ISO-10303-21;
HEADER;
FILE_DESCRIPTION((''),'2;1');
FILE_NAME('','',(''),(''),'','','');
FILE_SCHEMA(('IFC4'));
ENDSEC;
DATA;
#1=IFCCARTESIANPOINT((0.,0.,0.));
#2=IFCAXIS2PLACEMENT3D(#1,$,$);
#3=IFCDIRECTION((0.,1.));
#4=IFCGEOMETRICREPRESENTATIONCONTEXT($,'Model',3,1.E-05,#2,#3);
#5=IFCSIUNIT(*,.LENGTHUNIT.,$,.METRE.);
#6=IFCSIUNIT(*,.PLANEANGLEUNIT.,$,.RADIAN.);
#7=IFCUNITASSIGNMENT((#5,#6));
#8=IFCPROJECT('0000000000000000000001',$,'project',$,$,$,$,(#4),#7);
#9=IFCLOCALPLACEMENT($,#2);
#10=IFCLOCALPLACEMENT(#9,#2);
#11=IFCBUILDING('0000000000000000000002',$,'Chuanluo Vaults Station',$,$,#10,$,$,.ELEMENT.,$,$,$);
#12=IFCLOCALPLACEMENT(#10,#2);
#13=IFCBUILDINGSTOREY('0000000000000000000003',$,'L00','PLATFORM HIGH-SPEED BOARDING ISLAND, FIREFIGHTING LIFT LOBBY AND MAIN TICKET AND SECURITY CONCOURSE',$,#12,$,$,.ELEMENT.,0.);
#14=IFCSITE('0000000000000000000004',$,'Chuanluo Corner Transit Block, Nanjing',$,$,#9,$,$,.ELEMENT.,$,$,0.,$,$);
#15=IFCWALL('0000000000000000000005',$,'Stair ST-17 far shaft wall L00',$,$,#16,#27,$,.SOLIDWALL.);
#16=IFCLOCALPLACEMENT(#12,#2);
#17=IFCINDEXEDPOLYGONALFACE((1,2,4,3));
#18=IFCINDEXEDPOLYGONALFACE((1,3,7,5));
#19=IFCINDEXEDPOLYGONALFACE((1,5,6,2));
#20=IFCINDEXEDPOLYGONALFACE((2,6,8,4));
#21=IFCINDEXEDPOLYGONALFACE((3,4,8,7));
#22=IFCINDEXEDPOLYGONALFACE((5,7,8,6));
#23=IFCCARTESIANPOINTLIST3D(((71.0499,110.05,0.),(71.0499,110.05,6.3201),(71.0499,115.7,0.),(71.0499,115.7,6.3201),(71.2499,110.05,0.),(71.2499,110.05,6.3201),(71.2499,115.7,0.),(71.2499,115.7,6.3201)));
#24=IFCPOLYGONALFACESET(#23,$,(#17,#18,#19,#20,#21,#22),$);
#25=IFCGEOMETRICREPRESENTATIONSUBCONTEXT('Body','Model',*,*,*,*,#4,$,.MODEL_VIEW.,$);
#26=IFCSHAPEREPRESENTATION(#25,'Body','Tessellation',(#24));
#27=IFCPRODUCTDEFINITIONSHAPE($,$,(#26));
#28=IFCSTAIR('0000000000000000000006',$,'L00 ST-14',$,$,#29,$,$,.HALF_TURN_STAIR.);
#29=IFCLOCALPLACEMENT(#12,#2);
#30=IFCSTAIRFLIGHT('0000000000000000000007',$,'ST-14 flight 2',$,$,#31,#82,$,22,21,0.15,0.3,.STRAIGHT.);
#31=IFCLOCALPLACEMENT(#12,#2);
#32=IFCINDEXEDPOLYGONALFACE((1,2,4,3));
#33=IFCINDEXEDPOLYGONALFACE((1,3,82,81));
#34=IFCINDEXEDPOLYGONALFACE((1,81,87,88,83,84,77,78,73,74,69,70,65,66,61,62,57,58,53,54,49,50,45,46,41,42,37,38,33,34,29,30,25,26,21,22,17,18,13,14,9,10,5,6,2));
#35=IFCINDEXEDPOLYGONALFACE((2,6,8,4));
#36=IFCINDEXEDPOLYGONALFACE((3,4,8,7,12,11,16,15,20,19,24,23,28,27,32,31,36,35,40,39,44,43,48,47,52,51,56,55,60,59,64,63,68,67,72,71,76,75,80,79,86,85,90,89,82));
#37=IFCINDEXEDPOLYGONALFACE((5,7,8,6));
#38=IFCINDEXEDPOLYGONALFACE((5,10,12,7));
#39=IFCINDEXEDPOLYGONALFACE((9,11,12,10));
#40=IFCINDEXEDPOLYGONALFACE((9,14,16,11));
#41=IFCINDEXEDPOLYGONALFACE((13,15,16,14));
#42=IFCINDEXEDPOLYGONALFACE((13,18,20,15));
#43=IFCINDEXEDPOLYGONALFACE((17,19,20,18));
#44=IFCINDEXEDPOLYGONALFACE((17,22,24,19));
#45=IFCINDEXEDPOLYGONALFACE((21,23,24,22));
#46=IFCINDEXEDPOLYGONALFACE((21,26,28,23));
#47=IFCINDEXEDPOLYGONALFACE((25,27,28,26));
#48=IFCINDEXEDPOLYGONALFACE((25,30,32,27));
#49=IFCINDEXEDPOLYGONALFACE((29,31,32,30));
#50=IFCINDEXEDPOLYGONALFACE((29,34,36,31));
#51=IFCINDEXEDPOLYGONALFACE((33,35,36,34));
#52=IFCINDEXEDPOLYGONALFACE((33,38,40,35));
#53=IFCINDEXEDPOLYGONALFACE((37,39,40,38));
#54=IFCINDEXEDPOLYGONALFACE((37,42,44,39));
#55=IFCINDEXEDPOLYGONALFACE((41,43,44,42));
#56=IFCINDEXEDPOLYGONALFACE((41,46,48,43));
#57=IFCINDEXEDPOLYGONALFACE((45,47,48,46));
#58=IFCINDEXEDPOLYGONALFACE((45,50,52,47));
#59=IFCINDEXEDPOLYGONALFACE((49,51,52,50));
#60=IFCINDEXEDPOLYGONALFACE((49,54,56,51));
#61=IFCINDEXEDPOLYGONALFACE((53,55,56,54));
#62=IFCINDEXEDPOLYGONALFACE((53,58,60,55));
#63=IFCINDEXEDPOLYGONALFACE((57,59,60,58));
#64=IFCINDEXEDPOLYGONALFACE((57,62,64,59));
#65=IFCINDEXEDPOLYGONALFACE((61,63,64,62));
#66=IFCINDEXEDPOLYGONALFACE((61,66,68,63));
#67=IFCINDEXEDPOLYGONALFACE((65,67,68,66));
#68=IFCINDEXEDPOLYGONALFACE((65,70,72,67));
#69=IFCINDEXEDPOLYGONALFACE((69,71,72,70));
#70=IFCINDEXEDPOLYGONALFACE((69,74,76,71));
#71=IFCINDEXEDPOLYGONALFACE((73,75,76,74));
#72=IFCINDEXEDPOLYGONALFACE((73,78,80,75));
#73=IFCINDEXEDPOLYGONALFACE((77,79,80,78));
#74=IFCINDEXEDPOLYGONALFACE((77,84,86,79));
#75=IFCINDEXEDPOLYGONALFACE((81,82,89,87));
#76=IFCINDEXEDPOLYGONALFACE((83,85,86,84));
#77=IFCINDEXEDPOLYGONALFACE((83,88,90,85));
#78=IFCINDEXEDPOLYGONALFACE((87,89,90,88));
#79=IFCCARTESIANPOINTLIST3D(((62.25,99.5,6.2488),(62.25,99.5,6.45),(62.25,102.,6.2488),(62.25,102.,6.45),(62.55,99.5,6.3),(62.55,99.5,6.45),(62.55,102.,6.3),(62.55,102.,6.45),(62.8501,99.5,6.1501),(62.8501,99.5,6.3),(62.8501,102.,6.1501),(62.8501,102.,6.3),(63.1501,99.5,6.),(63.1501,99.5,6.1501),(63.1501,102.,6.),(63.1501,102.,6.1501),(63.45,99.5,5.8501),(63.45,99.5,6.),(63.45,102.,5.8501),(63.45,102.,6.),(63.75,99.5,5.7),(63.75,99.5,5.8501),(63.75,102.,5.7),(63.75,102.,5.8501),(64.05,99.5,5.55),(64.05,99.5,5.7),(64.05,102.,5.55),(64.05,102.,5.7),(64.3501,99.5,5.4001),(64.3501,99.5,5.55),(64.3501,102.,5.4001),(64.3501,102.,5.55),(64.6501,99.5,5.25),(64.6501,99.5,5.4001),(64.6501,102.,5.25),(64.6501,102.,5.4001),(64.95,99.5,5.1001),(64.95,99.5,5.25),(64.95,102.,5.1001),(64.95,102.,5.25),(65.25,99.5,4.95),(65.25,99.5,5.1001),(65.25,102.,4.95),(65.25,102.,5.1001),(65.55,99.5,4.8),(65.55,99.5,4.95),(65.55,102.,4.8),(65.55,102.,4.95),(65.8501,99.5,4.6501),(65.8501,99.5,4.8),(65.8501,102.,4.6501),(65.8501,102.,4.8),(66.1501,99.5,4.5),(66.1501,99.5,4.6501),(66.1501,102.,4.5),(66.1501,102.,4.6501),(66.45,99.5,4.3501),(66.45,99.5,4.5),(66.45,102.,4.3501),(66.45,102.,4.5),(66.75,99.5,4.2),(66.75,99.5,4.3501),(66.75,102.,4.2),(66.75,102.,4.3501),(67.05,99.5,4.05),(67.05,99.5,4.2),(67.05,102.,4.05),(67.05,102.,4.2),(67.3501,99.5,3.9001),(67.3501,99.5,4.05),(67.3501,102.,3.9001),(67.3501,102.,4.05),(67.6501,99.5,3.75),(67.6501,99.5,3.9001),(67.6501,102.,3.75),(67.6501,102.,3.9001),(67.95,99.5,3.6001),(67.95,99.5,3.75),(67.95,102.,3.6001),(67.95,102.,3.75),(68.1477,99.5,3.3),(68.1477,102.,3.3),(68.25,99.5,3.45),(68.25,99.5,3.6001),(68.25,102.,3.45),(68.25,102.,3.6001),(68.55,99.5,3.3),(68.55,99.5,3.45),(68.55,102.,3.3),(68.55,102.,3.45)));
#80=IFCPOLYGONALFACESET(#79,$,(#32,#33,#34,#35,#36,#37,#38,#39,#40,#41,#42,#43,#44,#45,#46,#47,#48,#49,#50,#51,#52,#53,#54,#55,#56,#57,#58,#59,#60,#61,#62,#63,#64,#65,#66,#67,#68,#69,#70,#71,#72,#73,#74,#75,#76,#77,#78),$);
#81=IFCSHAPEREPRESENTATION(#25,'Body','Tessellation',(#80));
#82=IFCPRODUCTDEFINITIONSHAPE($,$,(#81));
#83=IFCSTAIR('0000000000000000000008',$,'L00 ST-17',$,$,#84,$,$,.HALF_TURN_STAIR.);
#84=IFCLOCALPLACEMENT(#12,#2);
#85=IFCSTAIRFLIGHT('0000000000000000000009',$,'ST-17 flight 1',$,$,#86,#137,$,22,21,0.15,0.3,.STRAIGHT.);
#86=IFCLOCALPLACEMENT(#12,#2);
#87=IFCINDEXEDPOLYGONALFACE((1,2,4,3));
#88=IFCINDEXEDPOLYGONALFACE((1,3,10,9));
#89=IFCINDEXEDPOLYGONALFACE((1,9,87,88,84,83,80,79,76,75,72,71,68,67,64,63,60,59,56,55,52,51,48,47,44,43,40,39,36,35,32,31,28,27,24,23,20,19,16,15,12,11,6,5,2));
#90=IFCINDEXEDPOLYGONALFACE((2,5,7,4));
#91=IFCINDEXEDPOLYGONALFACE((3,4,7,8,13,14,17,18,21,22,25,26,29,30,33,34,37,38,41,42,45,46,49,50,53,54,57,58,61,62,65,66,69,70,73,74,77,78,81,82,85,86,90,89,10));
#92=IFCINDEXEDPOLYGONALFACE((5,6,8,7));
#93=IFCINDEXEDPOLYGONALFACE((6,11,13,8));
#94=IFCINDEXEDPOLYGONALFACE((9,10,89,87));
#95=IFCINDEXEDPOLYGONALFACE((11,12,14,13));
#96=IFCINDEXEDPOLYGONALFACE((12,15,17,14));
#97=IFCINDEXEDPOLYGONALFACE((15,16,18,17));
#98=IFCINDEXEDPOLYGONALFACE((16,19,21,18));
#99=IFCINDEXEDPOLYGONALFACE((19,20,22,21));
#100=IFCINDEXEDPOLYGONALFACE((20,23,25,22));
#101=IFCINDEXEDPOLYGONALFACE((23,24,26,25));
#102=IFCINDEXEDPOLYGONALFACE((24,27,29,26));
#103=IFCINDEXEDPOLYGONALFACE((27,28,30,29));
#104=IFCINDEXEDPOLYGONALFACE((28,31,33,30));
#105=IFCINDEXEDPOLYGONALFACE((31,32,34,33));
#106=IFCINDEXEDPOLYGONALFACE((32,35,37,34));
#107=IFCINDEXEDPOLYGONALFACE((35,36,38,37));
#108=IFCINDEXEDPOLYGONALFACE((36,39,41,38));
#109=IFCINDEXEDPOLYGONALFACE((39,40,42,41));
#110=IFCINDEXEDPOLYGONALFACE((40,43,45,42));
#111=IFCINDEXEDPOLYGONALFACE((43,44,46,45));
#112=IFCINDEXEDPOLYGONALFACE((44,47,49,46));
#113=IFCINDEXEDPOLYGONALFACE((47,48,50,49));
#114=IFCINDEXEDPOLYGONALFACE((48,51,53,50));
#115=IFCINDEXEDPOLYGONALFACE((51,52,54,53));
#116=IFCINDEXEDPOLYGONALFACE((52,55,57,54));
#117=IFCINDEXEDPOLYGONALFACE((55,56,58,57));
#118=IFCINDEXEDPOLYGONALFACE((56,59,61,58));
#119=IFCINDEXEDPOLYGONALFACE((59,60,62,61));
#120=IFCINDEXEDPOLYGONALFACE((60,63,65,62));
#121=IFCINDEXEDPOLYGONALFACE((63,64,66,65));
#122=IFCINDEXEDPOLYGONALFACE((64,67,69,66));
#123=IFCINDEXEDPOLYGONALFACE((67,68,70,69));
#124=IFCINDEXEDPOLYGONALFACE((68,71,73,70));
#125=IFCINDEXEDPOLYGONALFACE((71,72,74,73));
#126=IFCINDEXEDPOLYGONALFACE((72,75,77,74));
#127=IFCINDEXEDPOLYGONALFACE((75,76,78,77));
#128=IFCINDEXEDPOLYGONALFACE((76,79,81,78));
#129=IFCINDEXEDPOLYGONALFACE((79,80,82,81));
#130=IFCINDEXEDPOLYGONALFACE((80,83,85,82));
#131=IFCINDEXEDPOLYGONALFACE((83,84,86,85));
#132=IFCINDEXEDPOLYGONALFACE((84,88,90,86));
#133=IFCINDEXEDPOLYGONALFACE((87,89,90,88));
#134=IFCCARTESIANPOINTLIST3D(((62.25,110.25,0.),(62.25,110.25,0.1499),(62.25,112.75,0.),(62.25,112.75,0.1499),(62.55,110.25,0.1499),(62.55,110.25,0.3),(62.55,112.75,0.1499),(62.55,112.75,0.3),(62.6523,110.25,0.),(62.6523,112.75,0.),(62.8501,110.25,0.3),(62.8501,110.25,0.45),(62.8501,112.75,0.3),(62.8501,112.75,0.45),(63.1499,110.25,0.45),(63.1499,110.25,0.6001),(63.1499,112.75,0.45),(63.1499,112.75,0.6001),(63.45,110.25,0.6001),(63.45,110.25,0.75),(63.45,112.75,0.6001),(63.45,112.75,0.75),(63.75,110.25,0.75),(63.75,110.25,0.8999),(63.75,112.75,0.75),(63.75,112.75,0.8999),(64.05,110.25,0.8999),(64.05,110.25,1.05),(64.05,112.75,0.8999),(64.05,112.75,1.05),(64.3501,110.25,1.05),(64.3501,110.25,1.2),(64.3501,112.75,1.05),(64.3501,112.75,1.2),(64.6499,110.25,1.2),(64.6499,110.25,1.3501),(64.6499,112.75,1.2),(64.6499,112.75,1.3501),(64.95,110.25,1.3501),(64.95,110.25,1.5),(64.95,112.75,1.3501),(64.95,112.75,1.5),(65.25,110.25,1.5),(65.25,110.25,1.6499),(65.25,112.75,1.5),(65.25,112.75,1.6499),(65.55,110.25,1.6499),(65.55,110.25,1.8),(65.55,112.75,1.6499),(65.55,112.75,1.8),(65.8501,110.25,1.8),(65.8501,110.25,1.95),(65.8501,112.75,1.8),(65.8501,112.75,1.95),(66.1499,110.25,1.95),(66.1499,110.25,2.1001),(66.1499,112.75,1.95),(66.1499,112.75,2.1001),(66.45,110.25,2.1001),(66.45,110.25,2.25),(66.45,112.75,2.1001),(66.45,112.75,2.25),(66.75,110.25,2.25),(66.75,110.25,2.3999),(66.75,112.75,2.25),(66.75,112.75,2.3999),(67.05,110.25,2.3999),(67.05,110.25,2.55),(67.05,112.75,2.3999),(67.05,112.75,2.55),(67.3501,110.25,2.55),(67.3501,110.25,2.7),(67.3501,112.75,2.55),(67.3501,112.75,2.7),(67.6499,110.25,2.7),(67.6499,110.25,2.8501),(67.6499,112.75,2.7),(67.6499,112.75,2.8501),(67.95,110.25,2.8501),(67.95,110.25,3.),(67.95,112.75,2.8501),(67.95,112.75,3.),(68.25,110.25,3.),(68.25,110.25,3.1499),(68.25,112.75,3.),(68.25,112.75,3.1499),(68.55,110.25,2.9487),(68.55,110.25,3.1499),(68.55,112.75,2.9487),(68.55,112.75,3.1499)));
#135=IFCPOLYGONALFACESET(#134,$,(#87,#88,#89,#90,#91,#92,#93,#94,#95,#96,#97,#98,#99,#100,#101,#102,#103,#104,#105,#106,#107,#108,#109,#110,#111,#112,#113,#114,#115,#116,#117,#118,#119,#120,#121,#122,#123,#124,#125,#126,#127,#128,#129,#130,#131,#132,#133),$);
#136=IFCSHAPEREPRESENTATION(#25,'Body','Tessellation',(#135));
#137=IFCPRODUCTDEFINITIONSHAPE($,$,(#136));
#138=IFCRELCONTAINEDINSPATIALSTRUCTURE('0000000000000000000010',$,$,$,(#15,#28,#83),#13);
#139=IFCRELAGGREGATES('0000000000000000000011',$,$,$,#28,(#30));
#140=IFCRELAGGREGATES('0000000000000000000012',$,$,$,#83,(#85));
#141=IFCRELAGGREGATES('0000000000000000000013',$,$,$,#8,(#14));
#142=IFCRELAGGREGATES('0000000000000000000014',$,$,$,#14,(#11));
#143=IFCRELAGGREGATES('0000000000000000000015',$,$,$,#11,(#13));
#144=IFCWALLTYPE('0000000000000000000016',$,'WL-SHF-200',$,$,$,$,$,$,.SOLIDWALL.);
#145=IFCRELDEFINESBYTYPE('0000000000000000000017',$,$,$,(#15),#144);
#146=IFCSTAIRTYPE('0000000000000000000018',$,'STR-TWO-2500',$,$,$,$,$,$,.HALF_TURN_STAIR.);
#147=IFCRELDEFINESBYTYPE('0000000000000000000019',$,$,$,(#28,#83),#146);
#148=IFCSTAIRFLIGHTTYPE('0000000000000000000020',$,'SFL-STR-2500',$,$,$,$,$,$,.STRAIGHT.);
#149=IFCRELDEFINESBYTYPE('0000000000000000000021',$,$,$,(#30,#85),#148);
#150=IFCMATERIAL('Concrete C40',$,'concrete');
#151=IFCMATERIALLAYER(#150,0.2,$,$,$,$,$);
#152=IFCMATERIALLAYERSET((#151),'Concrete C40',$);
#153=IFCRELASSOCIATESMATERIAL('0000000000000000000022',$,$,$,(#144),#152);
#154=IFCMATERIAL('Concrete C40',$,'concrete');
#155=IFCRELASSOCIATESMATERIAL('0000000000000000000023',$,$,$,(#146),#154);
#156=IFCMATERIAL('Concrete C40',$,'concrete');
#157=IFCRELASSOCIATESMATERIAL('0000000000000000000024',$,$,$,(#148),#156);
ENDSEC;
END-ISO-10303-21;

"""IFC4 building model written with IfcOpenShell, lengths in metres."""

from ifc_helpers import new_model, si_unit, direction, frame, frame_2d, origin, place, context, subcontext, project, spatial, polyline, rectangle, outline, extrude, material, layer, layer_set, type_object, element, aggregate, save


model = new_model("IFC4")

# Units and contexts
model_context = context("Model", 3, precision=1e-05, world=origin(), true_north=direction((0.0, 1.0)))
body_context = subcontext(model_context, "Body", "Model", "MODEL_VIEW")
ifc_project = project(units=[si_unit("LENGTHUNIT", "METRE"), si_unit("PLANEANGLEUNIT", "RADIAN")], contexts=[model_context])

# Site, building, storey
site_placement = place(None, origin())
site = spatial("IfcSite", under=ifc_project, at=site_placement, Name="Chuanluo Corner Transit Block, Nanjing", CompositionType="ELEMENT", RefElevation=0.0)
building_placement = place(site_placement, origin())
building = spatial("IfcBuilding", under=site, at=building_placement, Name="Chuanluo Vaults Station", CompositionType="ELEMENT")
storey_placement = place(building_placement, origin())
storey = spatial("IfcBuildingStorey", under=building, at=storey_placement, Name="L00", Description="PLATFORM HIGH-SPEED BOARDING ISLAND, FIREFIGHTING LIFT LOBBY AND MAIN TICKET AND SECURITY CONCOURSE", CompositionType="ELEMENT", Elevation=0.0)

# Wall
ifc_material_1 = material(Name="Concrete C40", Category="concrete")
ifc_layer_1 = layer(ifc_material_1, 0.2)
ifc_layer_set_1 = layer_set([ifc_layer_1], Name="Concrete C40")
wall_type_1 = type_object("IfcWallType", Name="WL-SHF-200", PredefinedType="SOLIDWALL", material=ifc_layer_set_1)
wall_1_placement = place(storey_placement, frame((71.1499, 110.05, 0.0), z_axis=(0.0, 0.0, 1.0), x_axis=(0.0, 1.0, 0.0)))
element("IfcWall", 1, at=wall_1_placement, inside=storey, type_object=wall_type_1, Name="Stair ST-17 far shaft wall L00", PredefinedType="SOLIDWALL", context=body_context, shape_type="SweptSolid", body=[
    extrude(rectangle(XDim=5.6499, YDim=0.2, at=frame_2d((2.825, 0.0))), origin(), (0.0, 0.0, 1.0), 6.3201),
])

# Stair, stair flight
ifc_material_2 = material(Name="Concrete C40", Category="concrete")
stair_type = type_object("IfcStairType", Name="STR-TWO-2500", PredefinedType="HALF_TURN_STAIR", material=ifc_material_2)
stair_1_placement = place(storey_placement, origin())
stair_1 = element("IfcStair", 2, at=stair_1_placement, inside=storey, type_object=stair_type, Name="L00 ST-14", PredefinedType="HALF_TURN_STAIR")
ifc_material_3 = material(Name="Concrete C40", Category="concrete")
stair_flight_type = type_object("IfcStairFlightType", Name="SFL-STR-2500", PredefinedType="STRAIGHT", material=ifc_material_3)
stair_flight_1_placement = place(storey_placement, frame((68.55, 100.75, 3.3), z_axis=(0.0, 0.0, 1.0), x_axis=(-1.0, 0.0, 0.0)))
stair_flight_1 = element("IfcStairFlight", 3, at=stair_flight_1_placement, type_object=stair_flight_type, Name="ST-14 flight 2", NumberOfRisers=22, NumberOfTreads=21, PredefinedType="STRAIGHT", RiserHeight=0.15, TreadLength=0.3, context=body_context, shape_type="SweptSolid", body=[
    extrude(outline(polyline([(0.0, 0.0), (0.0, 0.1499), (0.3, 0.1499), (0.3, 0.3), (0.6001, 0.3), (0.6001, 0.45), (0.8999, 0.45), (0.8999, 0.6001), (1.2, 0.6001), (1.2, 0.75), (1.5, 0.75), (1.5, 0.8999), (1.8, 0.8999), (1.8, 1.05), (2.1001, 1.05), (2.1001, 1.2), (2.3999, 1.2), (2.3999, 1.3501), (2.7, 1.3501), (2.7, 1.5), (3.0, 1.5), (3.0, 1.6499), (3.3, 1.6499), (3.3, 1.8), (3.6001, 1.8), (3.6001, 1.95), (3.8999, 1.95), (3.8999, 2.1001), (4.2, 2.1001), (4.2, 2.25), (4.5, 2.25), (4.5, 2.3999), (4.8, 2.3999), (4.8, 2.55), (5.1001, 2.55), (5.1001, 2.7), (5.3999, 2.7), (5.3999, 2.8501), (5.7, 2.8501), (5.7, 3.0), (6.0, 3.0), (6.0, 3.1499), (6.3, 3.1499), (6.3, 3.3), (6.3, 2.9487), (0.4023, 0.0), (0.0, 0.0)])), frame((0.0, 1.25, 0.0), z_axis=(0.0, -1.0, 0.0), x_axis=(1.0, 0.0, 0.0)), (0.0, 0.0, 1.0), 2.5),
])
aggregate(stair_1, [stair_flight_1])

# Stair, stair flight
stair_2_placement = place(storey_placement, origin())
stair_2 = element("IfcStair", 4, at=stair_2_placement, inside=storey, type_object=stair_type, Name="L00 ST-17", PredefinedType="HALF_TURN_STAIR")
stair_flight_2_placement = place(storey_placement, frame((62.25, 111.5, 0.0), z_axis=(0.0, 0.0, 1.0), x_axis=(1.0, 0.0, 0.0)))
stair_flight_2 = element("IfcStairFlight", 5, at=stair_flight_2_placement, type_object=stair_flight_type, Name="ST-17 flight 1", NumberOfRisers=22, NumberOfTreads=21, PredefinedType="STRAIGHT", RiserHeight=0.15, TreadLength=0.3, context=body_context, shape_type="SweptSolid", body=[
    extrude(outline(polyline([(0.0, 0.0), (0.0, 0.1499), (0.3, 0.1499), (0.3, 0.3), (0.6001, 0.3), (0.6001, 0.45), (0.8999, 0.45), (0.8999, 0.6001), (1.2, 0.6001), (1.2, 0.75), (1.5, 0.75), (1.5, 0.8999), (1.8, 0.8999), (1.8, 1.05), (2.1001, 1.05), (2.1001, 1.2), (2.3999, 1.2), (2.3999, 1.3501), (2.7, 1.3501), (2.7, 1.5), (3.0, 1.5), (3.0, 1.6499), (3.3, 1.6499), (3.3, 1.8), (3.6001, 1.8), (3.6001, 1.95), (3.8999, 1.95), (3.8999, 2.1001), (4.2, 2.1001), (4.2, 2.25), (4.5, 2.25), (4.5, 2.3999), (4.8, 2.3999), (4.8, 2.55), (5.1001, 2.55), (5.1001, 2.7), (5.3999, 2.7), (5.3999, 2.8501), (5.7, 2.8501), (5.7, 3.0), (6.0, 3.0), (6.0, 3.1499), (6.3, 3.1499), (6.3, 3.3), (6.3, 2.9487), (0.4023, 0.0), (0.0, 0.0)])), frame((0.0, 1.25, 0.0), z_axis=(0.0, -1.0, 0.0), x_axis=(1.0, 0.0, 0.0)), (0.0, 0.0, 1.0), 2.5),
])
aggregate(stair_2, [stair_flight_2])

save(model, "model.ifc")
